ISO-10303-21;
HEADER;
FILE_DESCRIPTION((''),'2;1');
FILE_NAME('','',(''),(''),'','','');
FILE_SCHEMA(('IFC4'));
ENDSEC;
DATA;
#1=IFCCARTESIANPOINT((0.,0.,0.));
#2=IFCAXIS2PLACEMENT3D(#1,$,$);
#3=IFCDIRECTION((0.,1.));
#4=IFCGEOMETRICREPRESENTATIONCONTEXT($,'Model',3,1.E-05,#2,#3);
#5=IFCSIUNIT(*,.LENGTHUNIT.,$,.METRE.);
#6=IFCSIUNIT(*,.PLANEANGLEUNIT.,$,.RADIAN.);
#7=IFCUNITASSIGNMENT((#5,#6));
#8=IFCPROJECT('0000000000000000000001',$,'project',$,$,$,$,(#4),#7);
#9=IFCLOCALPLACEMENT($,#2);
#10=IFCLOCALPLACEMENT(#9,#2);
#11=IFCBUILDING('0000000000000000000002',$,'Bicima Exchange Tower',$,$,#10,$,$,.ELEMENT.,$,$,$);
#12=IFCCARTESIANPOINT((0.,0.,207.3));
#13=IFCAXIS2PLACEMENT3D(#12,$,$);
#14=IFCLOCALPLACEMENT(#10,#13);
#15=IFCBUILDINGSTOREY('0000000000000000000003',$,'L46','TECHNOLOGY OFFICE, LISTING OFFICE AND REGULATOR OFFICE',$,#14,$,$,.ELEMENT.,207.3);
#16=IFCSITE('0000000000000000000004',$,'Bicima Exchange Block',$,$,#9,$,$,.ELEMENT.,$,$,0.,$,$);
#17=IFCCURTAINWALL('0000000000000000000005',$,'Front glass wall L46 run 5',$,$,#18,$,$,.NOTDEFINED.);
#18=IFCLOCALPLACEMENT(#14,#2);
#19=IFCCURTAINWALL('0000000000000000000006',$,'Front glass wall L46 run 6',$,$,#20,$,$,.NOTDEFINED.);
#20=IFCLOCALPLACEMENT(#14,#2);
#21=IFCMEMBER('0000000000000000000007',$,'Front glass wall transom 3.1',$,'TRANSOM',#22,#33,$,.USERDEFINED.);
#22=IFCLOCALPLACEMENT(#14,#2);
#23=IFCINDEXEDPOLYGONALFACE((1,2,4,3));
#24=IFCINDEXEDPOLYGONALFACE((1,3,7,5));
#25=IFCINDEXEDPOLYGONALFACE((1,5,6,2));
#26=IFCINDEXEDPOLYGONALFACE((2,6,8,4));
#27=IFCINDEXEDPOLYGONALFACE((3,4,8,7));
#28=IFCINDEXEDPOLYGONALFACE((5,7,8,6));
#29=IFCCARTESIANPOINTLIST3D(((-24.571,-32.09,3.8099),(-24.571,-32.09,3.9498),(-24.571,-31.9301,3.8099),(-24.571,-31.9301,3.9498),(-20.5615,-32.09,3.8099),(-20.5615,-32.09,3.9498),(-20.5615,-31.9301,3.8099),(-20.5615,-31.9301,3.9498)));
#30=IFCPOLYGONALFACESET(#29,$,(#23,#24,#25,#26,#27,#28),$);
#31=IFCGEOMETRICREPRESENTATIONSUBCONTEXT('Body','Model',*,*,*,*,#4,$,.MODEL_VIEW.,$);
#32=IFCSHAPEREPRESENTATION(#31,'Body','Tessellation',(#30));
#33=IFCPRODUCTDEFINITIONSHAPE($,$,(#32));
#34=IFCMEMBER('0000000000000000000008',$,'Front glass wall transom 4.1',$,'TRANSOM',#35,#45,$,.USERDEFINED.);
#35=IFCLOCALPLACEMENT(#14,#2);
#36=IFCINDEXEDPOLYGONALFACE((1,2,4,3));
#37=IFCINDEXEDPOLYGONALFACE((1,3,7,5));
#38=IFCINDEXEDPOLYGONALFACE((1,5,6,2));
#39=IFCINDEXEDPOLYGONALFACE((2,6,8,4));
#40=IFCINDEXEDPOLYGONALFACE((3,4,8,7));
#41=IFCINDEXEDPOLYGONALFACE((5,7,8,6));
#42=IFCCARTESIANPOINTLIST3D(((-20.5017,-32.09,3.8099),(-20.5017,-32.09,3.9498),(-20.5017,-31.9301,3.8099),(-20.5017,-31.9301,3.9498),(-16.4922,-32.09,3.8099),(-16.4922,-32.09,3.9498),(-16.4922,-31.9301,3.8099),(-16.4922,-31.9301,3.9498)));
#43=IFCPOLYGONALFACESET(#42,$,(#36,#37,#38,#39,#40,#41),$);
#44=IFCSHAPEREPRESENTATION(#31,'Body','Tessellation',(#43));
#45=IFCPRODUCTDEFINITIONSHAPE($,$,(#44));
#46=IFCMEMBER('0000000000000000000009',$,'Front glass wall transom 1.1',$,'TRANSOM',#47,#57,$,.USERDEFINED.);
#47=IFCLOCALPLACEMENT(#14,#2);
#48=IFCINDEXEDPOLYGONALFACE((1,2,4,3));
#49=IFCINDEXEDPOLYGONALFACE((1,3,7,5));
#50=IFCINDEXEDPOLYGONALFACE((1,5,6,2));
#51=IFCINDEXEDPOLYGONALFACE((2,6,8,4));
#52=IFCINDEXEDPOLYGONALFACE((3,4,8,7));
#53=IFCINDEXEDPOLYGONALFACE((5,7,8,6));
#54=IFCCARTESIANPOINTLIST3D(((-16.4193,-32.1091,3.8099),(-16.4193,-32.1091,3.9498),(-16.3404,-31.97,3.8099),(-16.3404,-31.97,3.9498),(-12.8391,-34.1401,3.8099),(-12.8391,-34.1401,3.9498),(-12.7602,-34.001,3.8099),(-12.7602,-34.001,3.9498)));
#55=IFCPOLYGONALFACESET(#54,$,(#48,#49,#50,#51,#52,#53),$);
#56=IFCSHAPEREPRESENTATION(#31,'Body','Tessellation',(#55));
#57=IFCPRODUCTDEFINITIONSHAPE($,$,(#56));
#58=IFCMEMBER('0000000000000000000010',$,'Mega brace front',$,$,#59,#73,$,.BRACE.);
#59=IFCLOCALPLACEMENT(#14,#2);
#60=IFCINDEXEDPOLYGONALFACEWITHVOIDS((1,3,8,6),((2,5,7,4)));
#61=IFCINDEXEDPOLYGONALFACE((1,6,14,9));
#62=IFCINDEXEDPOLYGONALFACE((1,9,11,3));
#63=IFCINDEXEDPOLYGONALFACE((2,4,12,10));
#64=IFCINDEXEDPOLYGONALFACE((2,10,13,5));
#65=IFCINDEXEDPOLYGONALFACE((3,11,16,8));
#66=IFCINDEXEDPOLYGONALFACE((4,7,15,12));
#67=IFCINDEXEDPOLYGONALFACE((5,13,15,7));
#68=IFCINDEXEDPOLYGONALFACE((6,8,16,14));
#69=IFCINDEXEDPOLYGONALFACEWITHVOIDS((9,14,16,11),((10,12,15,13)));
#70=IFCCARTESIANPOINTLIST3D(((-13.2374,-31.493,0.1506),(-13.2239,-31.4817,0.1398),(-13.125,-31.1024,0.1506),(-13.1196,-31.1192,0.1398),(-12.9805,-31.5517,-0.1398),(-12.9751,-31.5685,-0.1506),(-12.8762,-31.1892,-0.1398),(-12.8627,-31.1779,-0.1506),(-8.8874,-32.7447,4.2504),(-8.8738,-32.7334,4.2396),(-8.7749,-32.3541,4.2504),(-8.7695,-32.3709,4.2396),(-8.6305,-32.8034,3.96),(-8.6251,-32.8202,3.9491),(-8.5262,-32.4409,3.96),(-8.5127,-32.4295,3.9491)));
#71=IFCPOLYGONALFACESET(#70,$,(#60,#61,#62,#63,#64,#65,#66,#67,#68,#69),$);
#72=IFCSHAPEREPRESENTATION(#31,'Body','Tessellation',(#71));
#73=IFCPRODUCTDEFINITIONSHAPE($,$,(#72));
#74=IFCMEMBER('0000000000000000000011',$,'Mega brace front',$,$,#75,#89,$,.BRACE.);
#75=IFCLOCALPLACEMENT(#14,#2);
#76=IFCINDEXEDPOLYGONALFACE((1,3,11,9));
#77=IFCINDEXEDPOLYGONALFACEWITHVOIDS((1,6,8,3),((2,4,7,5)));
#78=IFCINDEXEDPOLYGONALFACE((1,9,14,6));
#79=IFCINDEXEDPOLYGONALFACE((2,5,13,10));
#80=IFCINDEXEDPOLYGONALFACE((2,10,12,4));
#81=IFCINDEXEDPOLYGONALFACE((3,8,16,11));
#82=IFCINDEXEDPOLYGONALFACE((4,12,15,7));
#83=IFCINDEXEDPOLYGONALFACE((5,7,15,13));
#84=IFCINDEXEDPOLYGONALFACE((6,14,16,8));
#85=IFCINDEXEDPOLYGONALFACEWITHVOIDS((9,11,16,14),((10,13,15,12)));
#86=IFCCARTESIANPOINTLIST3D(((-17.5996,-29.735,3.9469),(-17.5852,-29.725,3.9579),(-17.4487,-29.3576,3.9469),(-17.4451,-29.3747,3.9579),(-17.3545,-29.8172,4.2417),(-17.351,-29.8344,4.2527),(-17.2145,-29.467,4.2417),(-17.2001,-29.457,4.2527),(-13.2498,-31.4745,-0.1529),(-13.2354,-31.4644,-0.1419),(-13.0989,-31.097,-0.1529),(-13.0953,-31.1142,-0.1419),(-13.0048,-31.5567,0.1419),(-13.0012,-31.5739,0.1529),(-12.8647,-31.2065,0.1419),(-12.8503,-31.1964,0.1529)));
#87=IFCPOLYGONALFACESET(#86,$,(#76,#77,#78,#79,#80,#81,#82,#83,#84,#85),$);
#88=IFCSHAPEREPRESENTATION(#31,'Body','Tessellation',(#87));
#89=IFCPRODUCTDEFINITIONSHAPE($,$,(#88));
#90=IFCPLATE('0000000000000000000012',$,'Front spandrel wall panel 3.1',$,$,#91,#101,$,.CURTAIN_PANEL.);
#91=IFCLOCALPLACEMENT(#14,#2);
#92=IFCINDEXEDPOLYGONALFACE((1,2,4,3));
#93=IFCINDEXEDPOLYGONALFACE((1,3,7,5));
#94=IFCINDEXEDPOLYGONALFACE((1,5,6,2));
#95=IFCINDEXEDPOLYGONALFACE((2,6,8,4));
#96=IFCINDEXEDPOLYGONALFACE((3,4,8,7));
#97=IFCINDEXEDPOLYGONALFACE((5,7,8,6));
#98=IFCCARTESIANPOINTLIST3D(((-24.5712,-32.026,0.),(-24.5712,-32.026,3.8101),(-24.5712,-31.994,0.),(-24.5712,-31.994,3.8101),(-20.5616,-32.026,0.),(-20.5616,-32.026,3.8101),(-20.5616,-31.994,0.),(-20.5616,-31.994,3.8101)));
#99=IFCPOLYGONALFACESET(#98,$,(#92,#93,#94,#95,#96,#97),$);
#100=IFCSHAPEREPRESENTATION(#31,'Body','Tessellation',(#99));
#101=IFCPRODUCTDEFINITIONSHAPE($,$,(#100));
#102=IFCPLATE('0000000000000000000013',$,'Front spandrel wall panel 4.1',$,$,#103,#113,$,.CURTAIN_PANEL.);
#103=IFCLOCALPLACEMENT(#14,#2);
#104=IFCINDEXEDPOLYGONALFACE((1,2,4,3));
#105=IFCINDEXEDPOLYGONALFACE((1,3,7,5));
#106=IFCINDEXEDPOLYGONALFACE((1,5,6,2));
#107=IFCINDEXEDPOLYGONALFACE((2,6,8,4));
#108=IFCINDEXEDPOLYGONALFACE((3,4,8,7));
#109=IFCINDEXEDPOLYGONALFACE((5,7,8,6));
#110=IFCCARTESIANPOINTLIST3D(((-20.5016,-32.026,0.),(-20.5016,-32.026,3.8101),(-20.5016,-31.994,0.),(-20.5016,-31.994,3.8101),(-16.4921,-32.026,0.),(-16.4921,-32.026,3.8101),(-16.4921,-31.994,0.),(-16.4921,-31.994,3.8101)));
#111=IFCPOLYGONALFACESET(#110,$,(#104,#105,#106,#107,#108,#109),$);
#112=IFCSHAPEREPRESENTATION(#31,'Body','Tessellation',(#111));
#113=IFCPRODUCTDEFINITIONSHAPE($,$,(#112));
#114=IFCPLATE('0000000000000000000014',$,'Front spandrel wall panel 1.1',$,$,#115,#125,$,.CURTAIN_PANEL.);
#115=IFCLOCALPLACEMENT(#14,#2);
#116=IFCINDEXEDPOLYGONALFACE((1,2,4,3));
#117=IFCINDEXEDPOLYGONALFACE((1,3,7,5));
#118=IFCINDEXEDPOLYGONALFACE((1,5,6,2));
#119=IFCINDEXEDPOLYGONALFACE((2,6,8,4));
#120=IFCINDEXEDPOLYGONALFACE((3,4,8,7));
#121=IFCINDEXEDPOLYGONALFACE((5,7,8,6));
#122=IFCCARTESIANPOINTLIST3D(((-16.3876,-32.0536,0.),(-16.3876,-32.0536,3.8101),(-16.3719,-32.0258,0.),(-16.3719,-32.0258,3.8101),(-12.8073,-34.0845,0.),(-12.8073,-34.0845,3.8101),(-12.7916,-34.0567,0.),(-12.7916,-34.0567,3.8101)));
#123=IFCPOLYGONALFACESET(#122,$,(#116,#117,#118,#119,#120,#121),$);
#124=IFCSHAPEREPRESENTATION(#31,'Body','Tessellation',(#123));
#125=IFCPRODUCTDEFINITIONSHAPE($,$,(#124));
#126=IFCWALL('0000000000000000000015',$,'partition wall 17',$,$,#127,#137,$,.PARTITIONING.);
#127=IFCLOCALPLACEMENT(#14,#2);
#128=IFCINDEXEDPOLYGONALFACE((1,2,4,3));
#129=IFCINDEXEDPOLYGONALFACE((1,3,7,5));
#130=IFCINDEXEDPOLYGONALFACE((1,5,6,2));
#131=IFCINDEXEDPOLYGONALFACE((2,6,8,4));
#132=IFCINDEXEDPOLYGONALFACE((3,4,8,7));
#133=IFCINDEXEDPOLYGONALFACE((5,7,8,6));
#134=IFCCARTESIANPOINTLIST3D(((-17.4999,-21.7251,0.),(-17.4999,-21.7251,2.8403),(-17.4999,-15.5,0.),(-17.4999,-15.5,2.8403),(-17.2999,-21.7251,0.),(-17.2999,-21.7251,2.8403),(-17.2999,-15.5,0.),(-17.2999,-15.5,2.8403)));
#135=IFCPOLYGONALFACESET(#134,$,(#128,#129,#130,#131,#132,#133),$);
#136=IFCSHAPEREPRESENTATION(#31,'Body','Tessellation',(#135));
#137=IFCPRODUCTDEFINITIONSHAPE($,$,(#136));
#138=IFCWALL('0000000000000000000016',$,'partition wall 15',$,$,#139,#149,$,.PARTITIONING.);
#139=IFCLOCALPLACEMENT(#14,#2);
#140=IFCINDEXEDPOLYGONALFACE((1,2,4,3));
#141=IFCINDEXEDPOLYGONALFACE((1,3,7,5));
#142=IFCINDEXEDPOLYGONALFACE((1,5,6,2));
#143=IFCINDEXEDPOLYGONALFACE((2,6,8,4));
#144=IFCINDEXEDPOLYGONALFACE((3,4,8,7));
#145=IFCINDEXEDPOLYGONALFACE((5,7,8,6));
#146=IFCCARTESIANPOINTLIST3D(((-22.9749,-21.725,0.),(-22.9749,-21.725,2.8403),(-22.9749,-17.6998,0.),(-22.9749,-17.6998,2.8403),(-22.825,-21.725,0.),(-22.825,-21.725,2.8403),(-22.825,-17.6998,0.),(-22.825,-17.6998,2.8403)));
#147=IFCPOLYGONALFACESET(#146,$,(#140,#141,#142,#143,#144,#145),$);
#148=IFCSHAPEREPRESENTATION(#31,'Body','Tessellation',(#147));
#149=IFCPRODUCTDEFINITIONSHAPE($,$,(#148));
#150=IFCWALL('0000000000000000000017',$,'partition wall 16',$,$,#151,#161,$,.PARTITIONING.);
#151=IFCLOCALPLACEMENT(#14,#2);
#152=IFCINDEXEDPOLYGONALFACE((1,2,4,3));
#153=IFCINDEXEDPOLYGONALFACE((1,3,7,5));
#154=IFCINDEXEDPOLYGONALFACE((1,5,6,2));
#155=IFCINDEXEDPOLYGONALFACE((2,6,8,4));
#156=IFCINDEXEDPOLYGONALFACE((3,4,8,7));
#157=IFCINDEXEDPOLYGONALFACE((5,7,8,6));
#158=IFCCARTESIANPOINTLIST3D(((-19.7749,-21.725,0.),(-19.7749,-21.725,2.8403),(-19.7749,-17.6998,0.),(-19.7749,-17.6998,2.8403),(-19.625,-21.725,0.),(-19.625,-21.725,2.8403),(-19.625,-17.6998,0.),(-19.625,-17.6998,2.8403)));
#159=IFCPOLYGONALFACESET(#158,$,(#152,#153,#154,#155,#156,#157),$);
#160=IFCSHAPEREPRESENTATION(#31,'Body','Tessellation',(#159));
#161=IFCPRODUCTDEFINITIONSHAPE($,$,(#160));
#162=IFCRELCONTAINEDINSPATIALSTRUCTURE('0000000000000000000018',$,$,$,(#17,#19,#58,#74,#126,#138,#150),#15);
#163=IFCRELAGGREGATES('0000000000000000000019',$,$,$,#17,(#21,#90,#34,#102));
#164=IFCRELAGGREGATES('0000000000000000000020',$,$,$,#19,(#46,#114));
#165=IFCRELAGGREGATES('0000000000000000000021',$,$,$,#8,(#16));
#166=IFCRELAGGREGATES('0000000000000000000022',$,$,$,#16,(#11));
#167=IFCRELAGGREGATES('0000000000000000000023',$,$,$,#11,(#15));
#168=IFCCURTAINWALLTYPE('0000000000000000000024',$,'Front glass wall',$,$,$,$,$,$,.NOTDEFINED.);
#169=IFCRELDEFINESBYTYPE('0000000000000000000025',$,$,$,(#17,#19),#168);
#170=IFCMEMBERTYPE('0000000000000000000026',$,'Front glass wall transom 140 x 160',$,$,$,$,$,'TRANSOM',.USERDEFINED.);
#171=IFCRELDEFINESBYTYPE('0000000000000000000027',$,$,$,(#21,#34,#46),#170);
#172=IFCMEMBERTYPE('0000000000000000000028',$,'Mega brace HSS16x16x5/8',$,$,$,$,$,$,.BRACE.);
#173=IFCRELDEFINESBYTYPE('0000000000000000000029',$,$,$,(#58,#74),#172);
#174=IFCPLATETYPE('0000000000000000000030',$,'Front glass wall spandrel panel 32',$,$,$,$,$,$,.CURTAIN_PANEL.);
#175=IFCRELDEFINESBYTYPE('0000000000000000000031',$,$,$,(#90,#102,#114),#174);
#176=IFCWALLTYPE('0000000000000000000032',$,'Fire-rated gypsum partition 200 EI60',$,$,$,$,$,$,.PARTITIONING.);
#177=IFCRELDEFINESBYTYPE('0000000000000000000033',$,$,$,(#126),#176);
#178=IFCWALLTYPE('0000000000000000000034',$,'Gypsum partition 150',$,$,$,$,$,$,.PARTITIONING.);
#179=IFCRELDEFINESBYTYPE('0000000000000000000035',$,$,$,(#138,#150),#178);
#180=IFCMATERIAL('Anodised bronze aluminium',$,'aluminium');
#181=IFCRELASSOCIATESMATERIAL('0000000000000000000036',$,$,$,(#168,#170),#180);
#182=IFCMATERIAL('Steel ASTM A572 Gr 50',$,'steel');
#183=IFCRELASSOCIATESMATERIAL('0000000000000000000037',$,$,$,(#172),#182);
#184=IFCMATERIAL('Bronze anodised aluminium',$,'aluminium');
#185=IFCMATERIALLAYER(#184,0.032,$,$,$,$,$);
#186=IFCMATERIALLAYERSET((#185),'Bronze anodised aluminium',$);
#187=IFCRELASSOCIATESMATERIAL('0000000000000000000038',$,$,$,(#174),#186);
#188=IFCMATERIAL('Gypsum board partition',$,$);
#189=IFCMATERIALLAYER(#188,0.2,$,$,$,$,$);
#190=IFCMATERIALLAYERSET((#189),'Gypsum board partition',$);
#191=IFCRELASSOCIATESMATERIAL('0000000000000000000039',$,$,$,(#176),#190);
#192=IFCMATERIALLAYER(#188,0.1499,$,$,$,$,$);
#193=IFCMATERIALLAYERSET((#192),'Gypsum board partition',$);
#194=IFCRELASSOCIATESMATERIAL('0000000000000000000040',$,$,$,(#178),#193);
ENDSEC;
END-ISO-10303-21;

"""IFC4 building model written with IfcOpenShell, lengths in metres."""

from ifc_helpers import new_model, si_unit, direction, frame, frame_2d, origin, origin_2d, place, context, subcontext, project, spatial, rectangle, hollow_rectangle, extrude, material, layer, layer_set, material_profile, profile_set, type_object, element, aggregate, save


model = new_model("IFC4")

# Units and contexts
model_context = context("Model", 3, precision=1e-05, world=origin(), true_north=direction((0.0, 1.0)))
body_context = subcontext(model_context, "Body", "Model", "MODEL_VIEW")
ifc_project = project(units=[si_unit("LENGTHUNIT", "METRE"), si_unit("PLANEANGLEUNIT", "RADIAN")], contexts=[model_context])

# Site, building, storey
site_placement = place(None, origin())
site = spatial("IfcSite", under=ifc_project, at=site_placement, Name="Bicima Exchange Block", CompositionType="ELEMENT", RefElevation=0.0)
building_placement = place(site_placement, origin())
building = spatial("IfcBuilding", under=site, at=building_placement, Name="Bicima Exchange Tower", CompositionType="ELEMENT")
storey_placement = place(building_placement, frame((0.0, 0.0, 207.3)))
storey = spatial("IfcBuildingStorey", under=building, at=storey_placement, Name="L46", Description="TECHNOLOGY OFFICE, LISTING OFFICE AND REGULATOR OFFICE", CompositionType="ELEMENT", Elevation=207.3)

# Curtain walls
ifc_material_1 = material(Name="Anodised bronze aluminium", Category="aluminium")
curtain_wall_type = type_object("IfcCurtainWallType", Name="Front glass wall", PredefinedType="NOTDEFINED", material=ifc_material_1)
curtain_wall_1_placement = place(storey_placement, origin())
curtain_wall_1 = element("IfcCurtainWall", 1, at=curtain_wall_1_placement, inside=storey, type_object=curtain_wall_type, Name="Front glass wall L46 run 5", PredefinedType="NOTDEFINED")
curtain_wall_2_placement = place(storey_placement, origin())
curtain_wall_2 = element("IfcCurtainWall", 2, at=curtain_wall_2_placement, inside=storey, type_object=curtain_wall_type, Name="Front glass wall L46 run 6", PredefinedType="NOTDEFINED")

# Members
ifc_material_profile_1 = material_profile(ifc_material_1, rectangle(XDim=0.1599, YDim=0.1399, at=origin_2d()))
ifc_profile_set_1 = profile_set([ifc_material_profile_1], Name="Anodised bronze aluminium")
member_type_1 = type_object("IfcMemberType", Name="Front glass wall transom 140 x 160", ElementType="TRANSOM", PredefinedType="USERDEFINED", material=ifc_profile_set_1)
member_1_placement = place(storey_placement, frame((-24.571, -32.01, 3.8799), z_axis=(1.0, 0.0, 0.0), x_axis=(0.0, 1.0, 0.0)))
member_1 = element("IfcMember", 3, at=member_1_placement, type_object=member_type_1, Name="Front glass wall transom 3.1", ObjectType="TRANSOM", PredefinedType="USERDEFINED", context=body_context, shape_type="SweptSolid", body=[
    extrude(rectangle(XDim=0.1599, YDim=0.1399, at=origin_2d()), origin(), (0.0, 0.0, 1.0), 4.0095),
])
member_2_placement = place(storey_placement, frame((-20.5017, -32.01, 3.8799), z_axis=(1.0, 0.0, 0.0), x_axis=(0.0, 1.0, 0.0)))
member_2 = element("IfcMember", 4, at=member_2_placement, type_object=member_type_1, Name="Front glass wall transom 4.1", ObjectType="TRANSOM", PredefinedType="USERDEFINED", context=body_context, shape_type="SweptSolid", body=[
    extrude(rectangle(XDim=0.1599, YDim=0.1399, at=origin_2d()), origin(), (0.0, 0.0, 1.0), 4.0095),
])
member_3_placement = place(storey_placement, frame((-16.3799, -32.0396, 3.8799), z_axis=(0.869797, -0.493409, 0.0), x_axis=(0.493409, 0.869797, 0.0)))
member_3 = element("IfcMember", 5, at=member_3_placement, type_object=member_type_1, Name="Front glass wall transom 1.1", ObjectType="TRANSOM", PredefinedType="USERDEFINED", context=body_context, shape_type="SweptSolid", body=[
    extrude(rectangle(XDim=0.1599, YDim=0.1399, at=origin_2d()), origin(), (0.0, 0.0, 1.0), 4.1162),
])

# Members
ifc_material_2 = material(Name="Steel ASTM A572 Gr 50", Category="steel")
ifc_material_profile_2 = material_profile(ifc_material_2, hollow_rectangle(XDim=0.4065, YDim=0.4065, WallThickness=0.0146, at=origin_2d()))
ifc_profile_set_2 = profile_set([ifc_material_profile_2], Name="Steel ASTM A572 Gr 50")
member_type_2 = type_object("IfcMemberType", Name="Mega brace HSS16x16x5/8", PredefinedType="BRACE", material=ifc_profile_set_2)
member_4_placement = place(storey_placement, frame((-13.05, -31.3354, 0.0), z_axis=(0.71228, -0.204953, 0.671305), x_axis=(0.276523, 0.961007, 0.0)))
element("IfcMember", 6, at=member_4_placement, inside=storey, type_object=member_type_2, Name="Mega brace front", PredefinedType="BRACE", context=body_context, shape_type="SweptSolid", body=[
    extrude(hollow_rectangle(XDim=0.4065, YDim=0.4065, WallThickness=0.0146, at=origin_2d()), origin(), (0.0, 0.0, 1.0), 6.1072),
])
member_5_placement = place(storey_placement, frame((-13.05, -31.3354, 0.0), z_axis=(-0.698724, 0.279419, 0.658566), x_axis=(-0.37131, -0.928509, 0.0)))
element("IfcMember", 7, at=member_5_placement, inside=storey, type_object=member_type_2, Name="Mega brace front", PredefinedType="BRACE", context=body_context, shape_type="SweptSolid", body=[
    extrude(hollow_rectangle(XDim=0.4065, YDim=0.4065, WallThickness=0.0146, at=origin_2d()), origin(), (0.0, 0.0, 1.0), 6.2253),
])

# Plates
ifc_material_3 = material(Name="Bronze anodised aluminium", Category="aluminium")
ifc_layer_1 = layer(ifc_material_3, 0.032)
ifc_layer_set_1 = layer_set([ifc_layer_1], Name="Bronze anodised aluminium")
plate_type = type_object("IfcPlateType", Name="Front glass wall spandrel panel 32", PredefinedType="CURTAIN_PANEL", material=ifc_layer_set_1)
plate_1_placement = place(storey_placement, frame((-22.5664, -32.01, 0.0), z_axis=(0.0, 0.0, 1.0), x_axis=(1.0, 0.0, 0.0)))
plate_1 = element("IfcPlate", 8, at=plate_1_placement, type_object=plate_type, Name="Front spandrel wall panel 3.1", PredefinedType="CURTAIN_PANEL", context=body_context, shape_type="SweptSolid", body=[
    extrude(rectangle(XDim=4.0095, YDim=0.032, at=origin_2d()), origin(), (0.0, 0.0, 1.0), 3.8101),
])
plate_2_placement = place(storey_placement, frame((-18.4968, -32.01, 0.0), z_axis=(0.0, 0.0, 1.0), x_axis=(1.0, 0.0, 0.0)))
plate_2 = element("IfcPlate", 9, at=plate_2_placement, type_object=plate_type, Name="Front spandrel wall panel 4.1", PredefinedType="CURTAIN_PANEL", context=body_context, shape_type="SweptSolid", body=[
    extrude(rectangle(XDim=4.0095, YDim=0.032, at=origin_2d()), origin(), (0.0, 0.0, 1.0), 3.8101),
])
aggregate(curtain_wall_1, [member_1, plate_1, member_2, plate_2])
plate_3_placement = place(storey_placement, frame((-14.5896, -33.0552, 0.0), z_axis=(0.0, 0.0, 1.0), x_axis=(0.869805, -0.493395, 0.0)))
plate_3 = element("IfcPlate", 10, at=plate_3_placement, type_object=plate_type, Name="Front spandrel wall panel 1.1", PredefinedType="CURTAIN_PANEL", context=body_context, shape_type="SweptSolid", body=[
    extrude(rectangle(XDim=4.1162, YDim=0.032, at=origin_2d()), origin(), (0.0, 0.0, 1.0), 3.8101),
])
aggregate(curtain_wall_2, [member_3, plate_3])

# Walls
ifc_material_4 = material(Name="Gypsum board partition")
ifc_layer_2 = layer(ifc_material_4, 0.2)
ifc_layer_set_2 = layer_set([ifc_layer_2], Name="Gypsum board partition")
wall_type_1 = type_object("IfcWallType", Name="Fire-rated gypsum partition 200 EI60", PredefinedType="PARTITIONING", material=ifc_layer_set_2)
wall_placement = place(storey_placement, frame((-17.3999, -21.7251, 0.0), z_axis=(0.0, 0.0, 1.0), x_axis=(0.0, 1.0, 0.0)))
element("IfcWall", 11, at=wall_placement, inside=storey, type_object=wall_type_1, Name="partition wall 17", PredefinedType="PARTITIONING", context=body_context, shape_type="SweptSolid", body=[
    extrude(rectangle(XDim=6.2251, YDim=0.2, at=frame_2d((3.1125, 0.0))), origin(), (0.0, 0.0, 1.0), 2.8403),
])
ifc_layer_3 = layer(ifc_material_4, 0.1499)
ifc_layer_set_3 = layer_set([ifc_layer_3], Name="Gypsum board partition")
wall_type_2 = type_object("IfcWallType", Name="Gypsum partition 150", PredefinedType="PARTITIONING", material=ifc_layer_set_3)
for number, where, z_axis, x_axis, name in (
    (12, (-22.8999, -21.7251, 0.0), (0.0, 0.0, 1.0), (0.0, 1.0, 0.0), "partition wall 15"),
    (13, (-19.7, -21.7251, 0.0), (0.0, 0.0, 1.0), (0.0, 1.0, 0.0), "partition wall 16"),
):
    element("IfcWall", number, at=place(storey_placement, frame(where, z_axis=z_axis, x_axis=x_axis)), inside=storey, type_object=wall_type_2, Name=name, PredefinedType="PARTITIONING", context=body_context, shape_type="SweptSolid", body=[
        extrude(rectangle(XDim=4.0251, YDim=0.1499, at=frame_2d((2.0127, 0.0))), origin(), (0.0, 0.0, 1.0), 2.8403),
    ])

save(model, "model.ifc")
